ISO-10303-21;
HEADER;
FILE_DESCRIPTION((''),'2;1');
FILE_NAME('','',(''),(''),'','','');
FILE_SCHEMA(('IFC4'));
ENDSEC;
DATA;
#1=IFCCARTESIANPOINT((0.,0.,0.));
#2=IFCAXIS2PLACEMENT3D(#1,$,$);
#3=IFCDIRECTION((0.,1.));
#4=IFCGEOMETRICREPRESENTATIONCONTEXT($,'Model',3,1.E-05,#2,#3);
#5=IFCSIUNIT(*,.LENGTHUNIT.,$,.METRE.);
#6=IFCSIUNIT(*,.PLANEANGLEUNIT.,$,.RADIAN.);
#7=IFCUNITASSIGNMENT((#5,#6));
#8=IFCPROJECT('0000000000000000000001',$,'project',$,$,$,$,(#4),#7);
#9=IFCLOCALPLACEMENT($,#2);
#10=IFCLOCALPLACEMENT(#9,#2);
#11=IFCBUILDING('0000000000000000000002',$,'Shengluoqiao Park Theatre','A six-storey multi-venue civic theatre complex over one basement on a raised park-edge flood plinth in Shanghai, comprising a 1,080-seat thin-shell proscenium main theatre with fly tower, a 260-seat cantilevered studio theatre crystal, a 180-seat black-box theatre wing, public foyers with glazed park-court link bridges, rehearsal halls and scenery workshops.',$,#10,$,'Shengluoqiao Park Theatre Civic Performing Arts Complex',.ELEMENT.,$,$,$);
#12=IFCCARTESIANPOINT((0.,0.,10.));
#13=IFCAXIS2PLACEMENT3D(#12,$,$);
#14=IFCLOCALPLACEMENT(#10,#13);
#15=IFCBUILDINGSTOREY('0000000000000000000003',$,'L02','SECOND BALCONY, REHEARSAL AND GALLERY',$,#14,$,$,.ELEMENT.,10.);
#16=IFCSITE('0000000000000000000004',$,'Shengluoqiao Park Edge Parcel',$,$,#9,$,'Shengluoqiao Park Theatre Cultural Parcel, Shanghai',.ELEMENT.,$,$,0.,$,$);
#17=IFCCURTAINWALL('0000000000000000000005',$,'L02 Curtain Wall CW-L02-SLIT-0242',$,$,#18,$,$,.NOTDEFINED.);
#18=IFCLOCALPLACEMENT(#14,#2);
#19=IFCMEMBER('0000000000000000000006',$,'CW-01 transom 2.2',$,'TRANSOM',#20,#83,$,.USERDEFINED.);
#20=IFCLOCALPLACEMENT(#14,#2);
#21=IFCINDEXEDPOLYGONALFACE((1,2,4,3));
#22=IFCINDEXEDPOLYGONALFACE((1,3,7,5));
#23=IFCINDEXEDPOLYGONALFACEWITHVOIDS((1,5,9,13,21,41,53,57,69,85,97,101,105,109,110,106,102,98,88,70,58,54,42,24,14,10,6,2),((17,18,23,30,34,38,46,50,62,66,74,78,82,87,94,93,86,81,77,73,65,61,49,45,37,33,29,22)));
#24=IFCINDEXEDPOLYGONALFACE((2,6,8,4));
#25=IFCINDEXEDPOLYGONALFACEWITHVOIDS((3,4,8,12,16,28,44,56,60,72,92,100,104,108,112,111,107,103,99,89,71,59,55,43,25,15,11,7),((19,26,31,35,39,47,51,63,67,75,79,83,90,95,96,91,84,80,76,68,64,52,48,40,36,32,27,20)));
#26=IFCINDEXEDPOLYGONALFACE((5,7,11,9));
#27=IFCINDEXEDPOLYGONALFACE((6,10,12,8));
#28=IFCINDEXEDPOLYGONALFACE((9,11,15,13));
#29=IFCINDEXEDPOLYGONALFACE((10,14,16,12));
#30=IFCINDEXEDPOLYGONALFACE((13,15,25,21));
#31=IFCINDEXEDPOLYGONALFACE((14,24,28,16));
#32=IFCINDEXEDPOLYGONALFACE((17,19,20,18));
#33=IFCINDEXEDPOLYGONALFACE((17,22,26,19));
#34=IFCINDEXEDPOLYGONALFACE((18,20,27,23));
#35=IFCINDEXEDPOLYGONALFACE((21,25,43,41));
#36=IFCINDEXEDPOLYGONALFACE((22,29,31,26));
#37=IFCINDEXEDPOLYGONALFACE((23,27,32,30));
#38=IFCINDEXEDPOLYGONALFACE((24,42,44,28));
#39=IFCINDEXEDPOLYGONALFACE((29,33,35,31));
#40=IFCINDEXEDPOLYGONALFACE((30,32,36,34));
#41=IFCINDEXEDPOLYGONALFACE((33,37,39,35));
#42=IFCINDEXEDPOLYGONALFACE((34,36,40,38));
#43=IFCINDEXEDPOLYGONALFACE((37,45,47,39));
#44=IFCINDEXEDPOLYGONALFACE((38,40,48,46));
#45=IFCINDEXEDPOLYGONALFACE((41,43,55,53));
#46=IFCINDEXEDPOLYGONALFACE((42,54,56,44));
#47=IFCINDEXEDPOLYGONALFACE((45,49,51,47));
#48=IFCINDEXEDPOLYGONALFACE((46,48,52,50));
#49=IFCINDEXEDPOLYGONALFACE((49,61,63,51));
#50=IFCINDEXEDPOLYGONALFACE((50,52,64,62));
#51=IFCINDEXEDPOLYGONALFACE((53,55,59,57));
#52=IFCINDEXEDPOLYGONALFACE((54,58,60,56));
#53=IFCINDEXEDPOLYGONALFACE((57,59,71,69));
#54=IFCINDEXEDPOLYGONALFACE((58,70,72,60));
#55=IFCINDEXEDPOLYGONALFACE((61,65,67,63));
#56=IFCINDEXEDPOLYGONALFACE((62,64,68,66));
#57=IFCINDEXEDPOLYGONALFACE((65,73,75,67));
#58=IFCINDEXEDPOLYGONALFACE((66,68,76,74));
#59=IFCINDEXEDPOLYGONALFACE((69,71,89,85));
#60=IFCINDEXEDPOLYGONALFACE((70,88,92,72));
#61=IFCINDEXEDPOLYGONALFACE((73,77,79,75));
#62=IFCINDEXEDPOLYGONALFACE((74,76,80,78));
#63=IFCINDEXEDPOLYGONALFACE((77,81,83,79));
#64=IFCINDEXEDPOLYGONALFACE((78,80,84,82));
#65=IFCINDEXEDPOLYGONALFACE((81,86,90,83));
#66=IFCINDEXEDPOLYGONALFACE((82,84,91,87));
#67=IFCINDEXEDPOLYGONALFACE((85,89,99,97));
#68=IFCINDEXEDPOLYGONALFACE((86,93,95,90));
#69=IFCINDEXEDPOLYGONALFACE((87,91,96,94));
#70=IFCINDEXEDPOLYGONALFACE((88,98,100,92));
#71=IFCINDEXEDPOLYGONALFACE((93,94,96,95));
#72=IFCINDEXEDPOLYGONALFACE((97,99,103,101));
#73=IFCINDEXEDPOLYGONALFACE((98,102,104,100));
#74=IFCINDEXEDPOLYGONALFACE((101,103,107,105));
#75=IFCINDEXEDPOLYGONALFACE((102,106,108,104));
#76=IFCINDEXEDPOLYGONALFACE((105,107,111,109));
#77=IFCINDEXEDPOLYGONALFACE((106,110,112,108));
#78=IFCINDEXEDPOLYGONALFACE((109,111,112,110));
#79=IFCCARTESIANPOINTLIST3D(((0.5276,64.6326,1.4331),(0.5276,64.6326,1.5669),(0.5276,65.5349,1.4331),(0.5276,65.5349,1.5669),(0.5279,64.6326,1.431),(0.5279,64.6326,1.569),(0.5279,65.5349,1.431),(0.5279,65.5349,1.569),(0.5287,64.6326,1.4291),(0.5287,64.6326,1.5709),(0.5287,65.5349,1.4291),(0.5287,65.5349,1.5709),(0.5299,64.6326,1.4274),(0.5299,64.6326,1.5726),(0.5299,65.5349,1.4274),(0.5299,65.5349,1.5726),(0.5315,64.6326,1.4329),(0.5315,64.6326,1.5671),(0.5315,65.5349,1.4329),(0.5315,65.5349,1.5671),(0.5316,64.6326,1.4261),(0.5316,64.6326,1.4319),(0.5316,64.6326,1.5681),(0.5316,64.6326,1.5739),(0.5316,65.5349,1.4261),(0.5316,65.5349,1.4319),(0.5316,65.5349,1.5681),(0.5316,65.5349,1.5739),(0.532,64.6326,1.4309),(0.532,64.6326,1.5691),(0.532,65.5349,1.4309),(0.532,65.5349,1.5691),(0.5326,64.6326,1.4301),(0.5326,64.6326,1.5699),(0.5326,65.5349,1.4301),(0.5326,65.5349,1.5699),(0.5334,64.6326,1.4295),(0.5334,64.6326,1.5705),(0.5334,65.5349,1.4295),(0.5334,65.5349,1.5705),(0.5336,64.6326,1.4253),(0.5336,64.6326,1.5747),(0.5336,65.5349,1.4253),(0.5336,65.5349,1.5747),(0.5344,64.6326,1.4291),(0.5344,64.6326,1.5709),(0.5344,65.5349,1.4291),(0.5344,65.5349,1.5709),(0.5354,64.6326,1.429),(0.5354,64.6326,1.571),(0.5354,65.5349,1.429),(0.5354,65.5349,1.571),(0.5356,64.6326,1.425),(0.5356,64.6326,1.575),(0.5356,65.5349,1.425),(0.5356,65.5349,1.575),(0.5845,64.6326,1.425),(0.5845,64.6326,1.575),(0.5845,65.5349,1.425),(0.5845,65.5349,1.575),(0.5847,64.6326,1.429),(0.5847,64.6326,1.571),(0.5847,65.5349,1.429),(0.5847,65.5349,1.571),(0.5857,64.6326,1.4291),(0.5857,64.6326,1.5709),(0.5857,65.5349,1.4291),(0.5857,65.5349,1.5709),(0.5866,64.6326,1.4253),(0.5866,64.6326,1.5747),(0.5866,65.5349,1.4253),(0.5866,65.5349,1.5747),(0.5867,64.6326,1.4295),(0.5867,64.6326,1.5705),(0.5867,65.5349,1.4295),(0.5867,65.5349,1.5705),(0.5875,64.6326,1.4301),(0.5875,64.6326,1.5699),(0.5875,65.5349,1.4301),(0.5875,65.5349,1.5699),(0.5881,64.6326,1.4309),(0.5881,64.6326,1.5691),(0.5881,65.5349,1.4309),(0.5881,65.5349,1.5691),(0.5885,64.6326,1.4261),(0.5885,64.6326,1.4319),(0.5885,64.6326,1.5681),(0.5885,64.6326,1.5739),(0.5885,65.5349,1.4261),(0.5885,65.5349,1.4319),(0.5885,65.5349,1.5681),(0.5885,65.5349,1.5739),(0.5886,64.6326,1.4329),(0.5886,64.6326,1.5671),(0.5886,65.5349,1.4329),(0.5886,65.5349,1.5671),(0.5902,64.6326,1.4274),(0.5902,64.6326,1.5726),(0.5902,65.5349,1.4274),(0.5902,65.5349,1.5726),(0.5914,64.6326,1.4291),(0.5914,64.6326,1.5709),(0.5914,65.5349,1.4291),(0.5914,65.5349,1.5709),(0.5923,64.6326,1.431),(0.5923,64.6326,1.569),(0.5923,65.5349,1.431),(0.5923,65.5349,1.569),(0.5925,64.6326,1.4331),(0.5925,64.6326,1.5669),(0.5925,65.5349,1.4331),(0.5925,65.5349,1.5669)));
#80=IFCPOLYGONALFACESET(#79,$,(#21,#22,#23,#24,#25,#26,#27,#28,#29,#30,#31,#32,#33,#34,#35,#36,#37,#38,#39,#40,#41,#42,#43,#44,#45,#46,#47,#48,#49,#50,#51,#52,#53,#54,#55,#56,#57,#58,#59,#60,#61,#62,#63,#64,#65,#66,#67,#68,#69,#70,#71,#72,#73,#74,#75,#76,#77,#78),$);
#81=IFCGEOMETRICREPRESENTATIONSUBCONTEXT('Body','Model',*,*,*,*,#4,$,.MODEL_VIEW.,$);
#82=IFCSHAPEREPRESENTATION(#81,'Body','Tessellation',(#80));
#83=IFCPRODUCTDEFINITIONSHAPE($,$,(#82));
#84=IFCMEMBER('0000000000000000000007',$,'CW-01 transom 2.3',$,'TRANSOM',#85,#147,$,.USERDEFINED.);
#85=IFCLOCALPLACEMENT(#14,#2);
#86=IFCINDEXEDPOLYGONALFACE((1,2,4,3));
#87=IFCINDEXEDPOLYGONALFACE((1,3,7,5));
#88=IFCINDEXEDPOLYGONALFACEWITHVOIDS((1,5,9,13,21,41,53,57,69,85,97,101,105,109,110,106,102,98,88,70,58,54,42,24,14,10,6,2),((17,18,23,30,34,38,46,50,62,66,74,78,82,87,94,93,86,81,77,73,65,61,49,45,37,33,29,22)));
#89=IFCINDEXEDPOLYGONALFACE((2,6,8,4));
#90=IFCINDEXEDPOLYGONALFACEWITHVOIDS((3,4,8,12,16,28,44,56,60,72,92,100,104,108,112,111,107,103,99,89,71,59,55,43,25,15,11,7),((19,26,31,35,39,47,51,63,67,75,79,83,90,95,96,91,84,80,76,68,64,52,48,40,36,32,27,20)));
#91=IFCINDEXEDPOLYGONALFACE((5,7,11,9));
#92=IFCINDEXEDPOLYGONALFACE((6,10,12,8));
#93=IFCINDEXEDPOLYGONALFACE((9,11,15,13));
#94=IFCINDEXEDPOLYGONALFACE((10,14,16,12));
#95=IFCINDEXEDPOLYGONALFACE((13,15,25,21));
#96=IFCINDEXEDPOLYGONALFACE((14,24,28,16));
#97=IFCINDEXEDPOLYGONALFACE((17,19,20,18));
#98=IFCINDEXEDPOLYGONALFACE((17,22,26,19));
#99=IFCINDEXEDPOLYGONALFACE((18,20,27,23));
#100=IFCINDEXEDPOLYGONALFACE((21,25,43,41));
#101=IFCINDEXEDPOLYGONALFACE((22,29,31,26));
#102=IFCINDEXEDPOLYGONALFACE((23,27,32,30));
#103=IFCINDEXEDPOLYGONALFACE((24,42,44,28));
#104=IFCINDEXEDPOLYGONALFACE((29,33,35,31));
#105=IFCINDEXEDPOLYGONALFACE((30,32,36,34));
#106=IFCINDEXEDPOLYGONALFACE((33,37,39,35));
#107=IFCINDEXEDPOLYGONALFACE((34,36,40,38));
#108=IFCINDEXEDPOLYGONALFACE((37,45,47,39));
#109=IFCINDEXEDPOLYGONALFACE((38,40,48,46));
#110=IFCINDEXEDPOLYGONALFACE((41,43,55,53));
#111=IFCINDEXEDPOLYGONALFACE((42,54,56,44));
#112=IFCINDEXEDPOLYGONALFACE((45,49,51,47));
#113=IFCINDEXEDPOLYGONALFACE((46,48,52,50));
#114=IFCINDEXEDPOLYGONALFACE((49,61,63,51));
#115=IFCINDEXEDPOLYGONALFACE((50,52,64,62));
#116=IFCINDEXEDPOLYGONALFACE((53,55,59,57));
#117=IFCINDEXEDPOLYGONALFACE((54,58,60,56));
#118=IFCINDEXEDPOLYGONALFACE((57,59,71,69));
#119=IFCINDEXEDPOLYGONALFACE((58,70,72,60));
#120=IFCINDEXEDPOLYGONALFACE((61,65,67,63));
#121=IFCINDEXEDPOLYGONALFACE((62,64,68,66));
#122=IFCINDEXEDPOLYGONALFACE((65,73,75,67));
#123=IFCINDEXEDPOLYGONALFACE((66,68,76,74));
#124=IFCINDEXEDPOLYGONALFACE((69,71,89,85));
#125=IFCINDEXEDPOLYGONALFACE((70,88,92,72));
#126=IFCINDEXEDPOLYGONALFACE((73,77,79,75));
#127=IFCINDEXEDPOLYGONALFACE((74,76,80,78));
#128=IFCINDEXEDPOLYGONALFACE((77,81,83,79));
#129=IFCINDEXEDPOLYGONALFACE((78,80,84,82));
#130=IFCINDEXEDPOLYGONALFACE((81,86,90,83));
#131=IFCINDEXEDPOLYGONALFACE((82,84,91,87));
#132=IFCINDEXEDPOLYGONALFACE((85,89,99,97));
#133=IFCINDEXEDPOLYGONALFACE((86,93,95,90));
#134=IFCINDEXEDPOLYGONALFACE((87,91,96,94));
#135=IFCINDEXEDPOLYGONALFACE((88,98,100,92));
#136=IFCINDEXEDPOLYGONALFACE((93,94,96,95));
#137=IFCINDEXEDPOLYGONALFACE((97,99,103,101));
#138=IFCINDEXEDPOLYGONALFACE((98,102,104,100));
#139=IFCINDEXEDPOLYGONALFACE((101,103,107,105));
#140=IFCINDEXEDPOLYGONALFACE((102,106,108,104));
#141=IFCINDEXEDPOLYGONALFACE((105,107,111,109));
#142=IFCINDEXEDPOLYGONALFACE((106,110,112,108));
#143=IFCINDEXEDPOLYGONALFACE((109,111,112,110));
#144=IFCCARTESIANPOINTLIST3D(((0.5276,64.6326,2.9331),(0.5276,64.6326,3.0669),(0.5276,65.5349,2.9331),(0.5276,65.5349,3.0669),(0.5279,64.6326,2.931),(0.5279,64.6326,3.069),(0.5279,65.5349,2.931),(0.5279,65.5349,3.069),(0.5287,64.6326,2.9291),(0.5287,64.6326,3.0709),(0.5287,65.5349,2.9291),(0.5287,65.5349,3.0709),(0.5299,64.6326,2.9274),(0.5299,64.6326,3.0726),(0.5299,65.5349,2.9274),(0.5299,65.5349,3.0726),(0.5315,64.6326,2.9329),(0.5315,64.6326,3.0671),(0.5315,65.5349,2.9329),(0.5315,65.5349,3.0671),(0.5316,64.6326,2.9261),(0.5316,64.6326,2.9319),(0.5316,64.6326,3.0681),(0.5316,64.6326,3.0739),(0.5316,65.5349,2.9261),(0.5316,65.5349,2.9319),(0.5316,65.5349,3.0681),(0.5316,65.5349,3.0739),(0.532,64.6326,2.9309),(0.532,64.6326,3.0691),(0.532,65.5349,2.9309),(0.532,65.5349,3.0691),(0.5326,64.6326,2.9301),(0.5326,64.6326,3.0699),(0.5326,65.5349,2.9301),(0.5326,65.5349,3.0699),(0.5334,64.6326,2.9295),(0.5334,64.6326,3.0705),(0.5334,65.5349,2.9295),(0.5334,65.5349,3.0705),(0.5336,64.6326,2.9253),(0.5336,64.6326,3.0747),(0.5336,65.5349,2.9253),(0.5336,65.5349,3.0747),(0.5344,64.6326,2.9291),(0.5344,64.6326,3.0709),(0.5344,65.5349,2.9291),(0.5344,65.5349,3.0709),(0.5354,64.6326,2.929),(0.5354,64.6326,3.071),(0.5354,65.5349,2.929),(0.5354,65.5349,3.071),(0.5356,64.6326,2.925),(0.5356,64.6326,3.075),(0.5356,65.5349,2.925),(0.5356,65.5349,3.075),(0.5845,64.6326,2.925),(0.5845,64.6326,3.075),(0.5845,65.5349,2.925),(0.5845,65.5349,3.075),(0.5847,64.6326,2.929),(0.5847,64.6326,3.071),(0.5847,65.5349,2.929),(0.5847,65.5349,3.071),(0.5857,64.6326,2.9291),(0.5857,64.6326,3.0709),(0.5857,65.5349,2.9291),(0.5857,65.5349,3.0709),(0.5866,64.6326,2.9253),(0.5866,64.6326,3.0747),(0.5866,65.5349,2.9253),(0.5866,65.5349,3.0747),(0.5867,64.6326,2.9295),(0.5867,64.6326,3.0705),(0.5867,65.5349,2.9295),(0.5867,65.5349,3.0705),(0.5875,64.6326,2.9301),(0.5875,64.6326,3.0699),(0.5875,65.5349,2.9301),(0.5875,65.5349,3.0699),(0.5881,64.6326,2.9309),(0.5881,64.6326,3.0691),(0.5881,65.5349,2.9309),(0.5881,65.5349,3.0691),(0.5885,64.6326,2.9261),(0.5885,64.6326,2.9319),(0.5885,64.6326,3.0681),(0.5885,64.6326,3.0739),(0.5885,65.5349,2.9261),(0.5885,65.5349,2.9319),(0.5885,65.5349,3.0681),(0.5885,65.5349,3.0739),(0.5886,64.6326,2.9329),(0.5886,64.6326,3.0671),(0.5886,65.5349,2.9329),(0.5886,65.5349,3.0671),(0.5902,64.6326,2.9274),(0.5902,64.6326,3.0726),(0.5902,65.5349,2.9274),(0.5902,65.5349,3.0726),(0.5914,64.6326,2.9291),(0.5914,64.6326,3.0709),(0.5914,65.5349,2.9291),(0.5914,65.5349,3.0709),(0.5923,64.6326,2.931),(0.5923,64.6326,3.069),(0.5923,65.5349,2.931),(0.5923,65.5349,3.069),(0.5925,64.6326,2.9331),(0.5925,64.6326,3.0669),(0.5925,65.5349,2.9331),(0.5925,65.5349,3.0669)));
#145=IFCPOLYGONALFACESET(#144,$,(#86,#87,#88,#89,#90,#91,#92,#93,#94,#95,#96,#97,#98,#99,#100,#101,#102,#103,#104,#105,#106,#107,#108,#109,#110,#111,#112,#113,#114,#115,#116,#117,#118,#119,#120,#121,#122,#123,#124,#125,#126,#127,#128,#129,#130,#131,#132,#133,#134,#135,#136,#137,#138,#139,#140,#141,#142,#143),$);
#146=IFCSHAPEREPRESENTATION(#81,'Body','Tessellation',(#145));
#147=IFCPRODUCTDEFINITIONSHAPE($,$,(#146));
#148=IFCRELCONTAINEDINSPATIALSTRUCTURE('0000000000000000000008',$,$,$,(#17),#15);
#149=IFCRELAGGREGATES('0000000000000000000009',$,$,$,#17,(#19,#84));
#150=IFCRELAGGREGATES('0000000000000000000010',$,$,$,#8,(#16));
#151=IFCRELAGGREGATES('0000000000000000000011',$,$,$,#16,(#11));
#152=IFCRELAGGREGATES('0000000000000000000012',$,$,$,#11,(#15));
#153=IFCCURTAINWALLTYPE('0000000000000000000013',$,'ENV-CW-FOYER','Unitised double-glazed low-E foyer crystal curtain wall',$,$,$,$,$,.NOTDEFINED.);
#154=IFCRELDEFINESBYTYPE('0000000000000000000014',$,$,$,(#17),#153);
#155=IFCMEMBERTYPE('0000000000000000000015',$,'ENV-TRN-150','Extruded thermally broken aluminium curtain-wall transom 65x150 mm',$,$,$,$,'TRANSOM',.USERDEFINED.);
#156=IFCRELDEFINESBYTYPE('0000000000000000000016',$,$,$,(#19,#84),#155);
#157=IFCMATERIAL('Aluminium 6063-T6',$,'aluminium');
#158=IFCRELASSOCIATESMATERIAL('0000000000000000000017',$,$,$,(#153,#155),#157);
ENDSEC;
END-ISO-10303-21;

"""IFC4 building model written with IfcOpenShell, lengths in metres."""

from ifc_helpers import new_model, si_unit, direction, frame, origin, origin_2d, place, context, subcontext, project, spatial, hollow_rectangle, extrude, material, material_profile, profile_set, type_object, element, aggregate, save


model = new_model("IFC4")

# Units and contexts
model_context = context("Model", 3, precision=1e-05, world=origin(), true_north=direction((0.0, 1.0)))
body_context = subcontext(model_context, "Body", "Model", "MODEL_VIEW")
ifc_project = project(units=[si_unit("LENGTHUNIT", "METRE"), si_unit("PLANEANGLEUNIT", "RADIAN")], contexts=[model_context])

# Site, building, storey
site_placement = place(None, origin())
site = spatial("IfcSite", under=ifc_project, at=site_placement, Name="Shengluoqiao Park Edge Parcel", LongName="Shengluoqiao Park Theatre Cultural Parcel, Shanghai", CompositionType="ELEMENT", RefElevation=0.0)
building_placement = place(site_placement, origin())
building = spatial("IfcBuilding", under=site, at=building_placement, Name="Shengluoqiao Park Theatre", Description="A six-storey multi-venue civic theatre complex over one basement on a raised park-edge flood plinth in Shanghai, comprising a 1,080-seat thin-shell proscenium main theatre with fly tower, a 260-seat cantilevered studio theatre crystal, a 180-seat black-box theatre wing, public foyers with glazed park-court link bridges, rehearsal halls and scenery workshops.", LongName="Shengluoqiao Park Theatre Civic Performing Arts Complex", CompositionType="ELEMENT")
storey_placement = place(building_placement, frame((0.0, 0.0, 10.0)))
storey = spatial("IfcBuildingStorey", under=building, at=storey_placement, Name="L02", Description="SECOND BALCONY, REHEARSAL AND GALLERY", CompositionType="ELEMENT", Elevation=10.0)

# Curtain wall, members
ifc_material_1 = material(Name="Aluminium 6063-T6", Category="aluminium")
curtain_wall_type = type_object("IfcCurtainWallType", Name="ENV-CW-FOYER", Description="Unitised double-glazed low-E foyer crystal curtain wall", PredefinedType="NOTDEFINED", material=ifc_material_1)
curtain_wall_placement = place(storey_placement, origin())
curtain_wall = element("IfcCurtainWall", 1, at=curtain_wall_placement, inside=storey, type_object=curtain_wall_type, Name="L02 Curtain Wall CW-L02-SLIT-0242", PredefinedType="NOTDEFINED")
ifc_material_profile_1 = material_profile(ifc_material_1, hollow_rectangle(XDim=0.0649, YDim=0.1499, WallThickness=0.0039, InnerFilletRadius=0.0039, OuterFilletRadius=0.0081, at=origin_2d()), Name="ALU TRANSOM 150x65x4")
ifc_profile_set_1 = profile_set([ifc_material_profile_1], Name="Aluminium 6063-T6")
member_type_1 = type_object("IfcMemberType", Name="ENV-TRN-150", Description="Extruded thermally broken aluminium curtain-wall transom 65x150 mm", ElementType="TRANSOM", PredefinedType="USERDEFINED", material=ifc_profile_set_1)
member_1_placement = place(storey_placement, frame((0.5601, 64.6326, 1.5), z_axis=(0.0, 1.0, 0.0), x_axis=(-1.0, 0.0, 0.0)))
member_1 = element("IfcMember", 2, at=member_1_placement, type_object=member_type_1, Name="CW-01 transom 2.2", ObjectType="TRANSOM", PredefinedType="USERDEFINED", context=body_context, shape_type="SweptSolid", body=[
    extrude(hollow_rectangle(XDim=0.0649, YDim=0.1499, WallThickness=0.0039, InnerFilletRadius=0.0039, OuterFilletRadius=0.0081, at=origin_2d()), origin(), (0.0, 0.0, 1.0), 0.9023),
])
member_2_placement = place(storey_placement, frame((0.5601, 64.6326, 3.0), z_axis=(0.0, 1.0, 0.0), x_axis=(-1.0, 0.0, 0.0)))
member_2 = element("IfcMember", 3, at=member_2_placement, type_object=member_type_1, Name="CW-01 transom 2.3", ObjectType="TRANSOM", PredefinedType="USERDEFINED", context=body_context, shape_type="SweptSolid", body=[
    extrude(hollow_rectangle(XDim=0.0649, YDim=0.1499, WallThickness=0.0039, InnerFilletRadius=0.0039, OuterFilletRadius=0.0081, at=origin_2d()), origin(), (0.0, 0.0, 1.0), 0.9023),
])

aggregate(curtain_wall, [member_1, member_2])

save(model, "model.ifc")
